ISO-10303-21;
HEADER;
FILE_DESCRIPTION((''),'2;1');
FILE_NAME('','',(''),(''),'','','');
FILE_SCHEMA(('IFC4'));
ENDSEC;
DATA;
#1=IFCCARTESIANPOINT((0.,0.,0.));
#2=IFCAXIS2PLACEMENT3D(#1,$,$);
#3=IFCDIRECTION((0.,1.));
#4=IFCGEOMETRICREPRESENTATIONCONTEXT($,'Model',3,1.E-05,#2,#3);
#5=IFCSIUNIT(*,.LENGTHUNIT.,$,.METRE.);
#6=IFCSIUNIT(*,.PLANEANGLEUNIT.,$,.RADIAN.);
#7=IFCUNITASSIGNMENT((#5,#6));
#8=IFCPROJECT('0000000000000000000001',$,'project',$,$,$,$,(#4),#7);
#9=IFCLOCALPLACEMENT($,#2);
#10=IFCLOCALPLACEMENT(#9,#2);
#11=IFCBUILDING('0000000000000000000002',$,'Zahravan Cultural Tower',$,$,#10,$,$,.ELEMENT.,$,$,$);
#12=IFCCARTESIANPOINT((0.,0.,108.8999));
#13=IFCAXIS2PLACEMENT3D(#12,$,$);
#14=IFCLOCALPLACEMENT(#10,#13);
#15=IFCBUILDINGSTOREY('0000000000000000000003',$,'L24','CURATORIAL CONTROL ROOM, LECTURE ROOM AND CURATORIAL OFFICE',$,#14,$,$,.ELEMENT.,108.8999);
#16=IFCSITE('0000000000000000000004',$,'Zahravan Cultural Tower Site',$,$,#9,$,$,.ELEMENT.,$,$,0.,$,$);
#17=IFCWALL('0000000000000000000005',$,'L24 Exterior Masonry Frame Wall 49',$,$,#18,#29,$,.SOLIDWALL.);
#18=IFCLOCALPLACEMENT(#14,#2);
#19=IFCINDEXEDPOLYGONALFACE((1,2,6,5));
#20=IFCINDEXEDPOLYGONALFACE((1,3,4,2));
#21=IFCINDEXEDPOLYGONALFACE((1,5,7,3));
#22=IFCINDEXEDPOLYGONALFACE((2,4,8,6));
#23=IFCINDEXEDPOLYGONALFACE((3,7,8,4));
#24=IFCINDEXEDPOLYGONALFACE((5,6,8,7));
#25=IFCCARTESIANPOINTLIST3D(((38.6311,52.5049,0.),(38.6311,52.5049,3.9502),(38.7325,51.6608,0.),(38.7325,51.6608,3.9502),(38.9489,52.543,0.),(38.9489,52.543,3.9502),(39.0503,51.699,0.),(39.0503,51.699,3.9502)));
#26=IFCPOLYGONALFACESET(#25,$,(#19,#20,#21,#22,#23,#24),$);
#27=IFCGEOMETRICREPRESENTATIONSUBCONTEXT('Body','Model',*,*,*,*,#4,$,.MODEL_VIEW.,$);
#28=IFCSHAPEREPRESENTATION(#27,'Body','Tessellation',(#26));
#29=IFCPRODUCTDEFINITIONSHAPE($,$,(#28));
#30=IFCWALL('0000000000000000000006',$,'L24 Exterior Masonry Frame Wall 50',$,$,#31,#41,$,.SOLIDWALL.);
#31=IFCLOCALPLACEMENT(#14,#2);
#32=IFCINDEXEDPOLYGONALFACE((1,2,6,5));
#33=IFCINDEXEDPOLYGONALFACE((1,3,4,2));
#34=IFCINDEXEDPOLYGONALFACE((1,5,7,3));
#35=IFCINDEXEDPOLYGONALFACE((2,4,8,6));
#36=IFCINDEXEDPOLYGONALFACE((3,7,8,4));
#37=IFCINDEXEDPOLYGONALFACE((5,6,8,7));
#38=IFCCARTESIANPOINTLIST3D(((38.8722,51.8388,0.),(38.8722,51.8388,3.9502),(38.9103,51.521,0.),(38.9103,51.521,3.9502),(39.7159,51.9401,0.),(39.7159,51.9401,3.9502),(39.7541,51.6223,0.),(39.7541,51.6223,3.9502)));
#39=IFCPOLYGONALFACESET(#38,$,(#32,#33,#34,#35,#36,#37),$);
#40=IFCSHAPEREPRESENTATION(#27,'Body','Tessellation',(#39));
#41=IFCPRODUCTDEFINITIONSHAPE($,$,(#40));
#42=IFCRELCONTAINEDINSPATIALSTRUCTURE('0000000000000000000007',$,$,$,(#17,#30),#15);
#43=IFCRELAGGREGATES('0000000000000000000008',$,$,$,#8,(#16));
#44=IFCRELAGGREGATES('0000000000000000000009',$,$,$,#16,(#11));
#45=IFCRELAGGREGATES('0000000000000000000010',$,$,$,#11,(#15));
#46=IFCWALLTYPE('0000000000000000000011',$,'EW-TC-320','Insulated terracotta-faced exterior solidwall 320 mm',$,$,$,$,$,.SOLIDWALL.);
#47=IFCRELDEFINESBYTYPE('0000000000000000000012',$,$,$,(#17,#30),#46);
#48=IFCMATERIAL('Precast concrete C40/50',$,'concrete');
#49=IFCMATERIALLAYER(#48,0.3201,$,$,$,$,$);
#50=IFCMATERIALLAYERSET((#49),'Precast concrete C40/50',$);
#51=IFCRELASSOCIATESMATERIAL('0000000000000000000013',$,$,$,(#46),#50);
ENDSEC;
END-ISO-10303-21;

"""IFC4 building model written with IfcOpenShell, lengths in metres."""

from ifc_helpers import new_model, si_unit, direction, frame, frame_2d, origin, place, context, subcontext, project, spatial, rectangle, extrude, source, transform, mapped, material, layer, layer_set, type_object, element, save


model = new_model("IFC4")

# Units and contexts
model_context = context("Model", 3, precision=1e-05, world=origin(), true_north=direction((0.0, 1.0)))
body_context = subcontext(model_context, "Body", "Model", "MODEL_VIEW")
ifc_project = project(units=[si_unit("LENGTHUNIT", "METRE"), si_unit("PLANEANGLEUNIT", "RADIAN")], contexts=[model_context])

# Site, building, storey
site_placement = place(None, origin())
site = spatial("IfcSite", under=ifc_project, at=site_placement, Name="Zahravan Cultural Tower Site", CompositionType="ELEMENT", RefElevation=0.0)
building_placement = place(site_placement, origin())
building = spatial("IfcBuilding", under=site, at=building_placement, Name="Zahravan Cultural Tower", CompositionType="ELEMENT")
storey_placement = place(building_placement, frame((0.0, 0.0, 108.8999)))
storey = spatial("IfcBuildingStorey", under=building, at=storey_placement, Name="L24", Description="CURATORIAL CONTROL ROOM, LECTURE ROOM AND CURATORIAL OFFICE", CompositionType="ELEMENT", Elevation=108.8999)

# Walls
ifc_material_1 = material(Name="Precast concrete C40/50", Category="concrete")
ifc_layer_1 = layer(ifc_material_1, 0.3201)
ifc_layer_set_1 = layer_set([ifc_layer_1], Name="Precast concrete C40/50")
wall_type = type_object("IfcWallType", Name="EW-TC-320", Description="Insulated terracotta-faced exterior solidwall 320 mm", PredefinedType="SOLIDWALL", material=ifc_layer_set_1)
shared_shape_1 = source(origin(), body_context, "Body", "SweptSolid", [
    extrude(rectangle(XDim=0.8501, YDim=0.3201, at=frame_2d((0.425, 0.0))), origin(), (0.0, 0.0, 1.0), 3.9502),
])
for number, where, z_axis, x_axis, name in (
    (1, (38.79, 52.5239, 0.0), (0.0, 0.0, 1.0), (0.119191, -0.992871, 0.0), "L24 Exterior Masonry Frame Wall 49"),
):
    element("IfcWall", number, at=place(storey_placement, frame(where, z_axis=z_axis, x_axis=x_axis)), inside=storey, type_object=wall_type, Name=name, PredefinedType="SOLIDWALL", context=body_context, shape_type="MappedRepresentation", body=[
        mapped(shared_shape_1, transform((0.0, 0.0, 0.0), x_axis=(1.0, 0.0, 0.0), y_axis=(0.0, 1.0, 0.0), z_axis=(0.0, 0.0, 1.0), scale=1.0)),
    ])
shared_shape_2 = source(origin(), body_context, "Body", "SweptSolid", [
    extrude(rectangle(XDim=0.8499, YDim=0.3201, at=frame_2d((0.4248, 0.0))), origin(), (0.0, 0.0, 1.0), 3.9502),
])
wall_placement = place(storey_placement, frame((38.8914, 51.6799, 0.0), z_axis=(0.0, 0.0, 1.0), x_axis=(0.992867, 0.119225, 0.0)))
element("IfcWall", 2, at=wall_placement, inside=storey, type_object=wall_type, Name="L24 Exterior Masonry Frame Wall 50", PredefinedType="SOLIDWALL", context=body_context, shape_type="MappedRepresentation", body=[
    mapped(shared_shape_2, transform((0.0, 0.0, 0.0), x_axis=(1.0, 0.0, 0.0), y_axis=(0.0, 1.0, 0.0), z_axis=(0.0, 0.0, 1.0), scale=1.0)),
])

save(model, "model.ifc")
